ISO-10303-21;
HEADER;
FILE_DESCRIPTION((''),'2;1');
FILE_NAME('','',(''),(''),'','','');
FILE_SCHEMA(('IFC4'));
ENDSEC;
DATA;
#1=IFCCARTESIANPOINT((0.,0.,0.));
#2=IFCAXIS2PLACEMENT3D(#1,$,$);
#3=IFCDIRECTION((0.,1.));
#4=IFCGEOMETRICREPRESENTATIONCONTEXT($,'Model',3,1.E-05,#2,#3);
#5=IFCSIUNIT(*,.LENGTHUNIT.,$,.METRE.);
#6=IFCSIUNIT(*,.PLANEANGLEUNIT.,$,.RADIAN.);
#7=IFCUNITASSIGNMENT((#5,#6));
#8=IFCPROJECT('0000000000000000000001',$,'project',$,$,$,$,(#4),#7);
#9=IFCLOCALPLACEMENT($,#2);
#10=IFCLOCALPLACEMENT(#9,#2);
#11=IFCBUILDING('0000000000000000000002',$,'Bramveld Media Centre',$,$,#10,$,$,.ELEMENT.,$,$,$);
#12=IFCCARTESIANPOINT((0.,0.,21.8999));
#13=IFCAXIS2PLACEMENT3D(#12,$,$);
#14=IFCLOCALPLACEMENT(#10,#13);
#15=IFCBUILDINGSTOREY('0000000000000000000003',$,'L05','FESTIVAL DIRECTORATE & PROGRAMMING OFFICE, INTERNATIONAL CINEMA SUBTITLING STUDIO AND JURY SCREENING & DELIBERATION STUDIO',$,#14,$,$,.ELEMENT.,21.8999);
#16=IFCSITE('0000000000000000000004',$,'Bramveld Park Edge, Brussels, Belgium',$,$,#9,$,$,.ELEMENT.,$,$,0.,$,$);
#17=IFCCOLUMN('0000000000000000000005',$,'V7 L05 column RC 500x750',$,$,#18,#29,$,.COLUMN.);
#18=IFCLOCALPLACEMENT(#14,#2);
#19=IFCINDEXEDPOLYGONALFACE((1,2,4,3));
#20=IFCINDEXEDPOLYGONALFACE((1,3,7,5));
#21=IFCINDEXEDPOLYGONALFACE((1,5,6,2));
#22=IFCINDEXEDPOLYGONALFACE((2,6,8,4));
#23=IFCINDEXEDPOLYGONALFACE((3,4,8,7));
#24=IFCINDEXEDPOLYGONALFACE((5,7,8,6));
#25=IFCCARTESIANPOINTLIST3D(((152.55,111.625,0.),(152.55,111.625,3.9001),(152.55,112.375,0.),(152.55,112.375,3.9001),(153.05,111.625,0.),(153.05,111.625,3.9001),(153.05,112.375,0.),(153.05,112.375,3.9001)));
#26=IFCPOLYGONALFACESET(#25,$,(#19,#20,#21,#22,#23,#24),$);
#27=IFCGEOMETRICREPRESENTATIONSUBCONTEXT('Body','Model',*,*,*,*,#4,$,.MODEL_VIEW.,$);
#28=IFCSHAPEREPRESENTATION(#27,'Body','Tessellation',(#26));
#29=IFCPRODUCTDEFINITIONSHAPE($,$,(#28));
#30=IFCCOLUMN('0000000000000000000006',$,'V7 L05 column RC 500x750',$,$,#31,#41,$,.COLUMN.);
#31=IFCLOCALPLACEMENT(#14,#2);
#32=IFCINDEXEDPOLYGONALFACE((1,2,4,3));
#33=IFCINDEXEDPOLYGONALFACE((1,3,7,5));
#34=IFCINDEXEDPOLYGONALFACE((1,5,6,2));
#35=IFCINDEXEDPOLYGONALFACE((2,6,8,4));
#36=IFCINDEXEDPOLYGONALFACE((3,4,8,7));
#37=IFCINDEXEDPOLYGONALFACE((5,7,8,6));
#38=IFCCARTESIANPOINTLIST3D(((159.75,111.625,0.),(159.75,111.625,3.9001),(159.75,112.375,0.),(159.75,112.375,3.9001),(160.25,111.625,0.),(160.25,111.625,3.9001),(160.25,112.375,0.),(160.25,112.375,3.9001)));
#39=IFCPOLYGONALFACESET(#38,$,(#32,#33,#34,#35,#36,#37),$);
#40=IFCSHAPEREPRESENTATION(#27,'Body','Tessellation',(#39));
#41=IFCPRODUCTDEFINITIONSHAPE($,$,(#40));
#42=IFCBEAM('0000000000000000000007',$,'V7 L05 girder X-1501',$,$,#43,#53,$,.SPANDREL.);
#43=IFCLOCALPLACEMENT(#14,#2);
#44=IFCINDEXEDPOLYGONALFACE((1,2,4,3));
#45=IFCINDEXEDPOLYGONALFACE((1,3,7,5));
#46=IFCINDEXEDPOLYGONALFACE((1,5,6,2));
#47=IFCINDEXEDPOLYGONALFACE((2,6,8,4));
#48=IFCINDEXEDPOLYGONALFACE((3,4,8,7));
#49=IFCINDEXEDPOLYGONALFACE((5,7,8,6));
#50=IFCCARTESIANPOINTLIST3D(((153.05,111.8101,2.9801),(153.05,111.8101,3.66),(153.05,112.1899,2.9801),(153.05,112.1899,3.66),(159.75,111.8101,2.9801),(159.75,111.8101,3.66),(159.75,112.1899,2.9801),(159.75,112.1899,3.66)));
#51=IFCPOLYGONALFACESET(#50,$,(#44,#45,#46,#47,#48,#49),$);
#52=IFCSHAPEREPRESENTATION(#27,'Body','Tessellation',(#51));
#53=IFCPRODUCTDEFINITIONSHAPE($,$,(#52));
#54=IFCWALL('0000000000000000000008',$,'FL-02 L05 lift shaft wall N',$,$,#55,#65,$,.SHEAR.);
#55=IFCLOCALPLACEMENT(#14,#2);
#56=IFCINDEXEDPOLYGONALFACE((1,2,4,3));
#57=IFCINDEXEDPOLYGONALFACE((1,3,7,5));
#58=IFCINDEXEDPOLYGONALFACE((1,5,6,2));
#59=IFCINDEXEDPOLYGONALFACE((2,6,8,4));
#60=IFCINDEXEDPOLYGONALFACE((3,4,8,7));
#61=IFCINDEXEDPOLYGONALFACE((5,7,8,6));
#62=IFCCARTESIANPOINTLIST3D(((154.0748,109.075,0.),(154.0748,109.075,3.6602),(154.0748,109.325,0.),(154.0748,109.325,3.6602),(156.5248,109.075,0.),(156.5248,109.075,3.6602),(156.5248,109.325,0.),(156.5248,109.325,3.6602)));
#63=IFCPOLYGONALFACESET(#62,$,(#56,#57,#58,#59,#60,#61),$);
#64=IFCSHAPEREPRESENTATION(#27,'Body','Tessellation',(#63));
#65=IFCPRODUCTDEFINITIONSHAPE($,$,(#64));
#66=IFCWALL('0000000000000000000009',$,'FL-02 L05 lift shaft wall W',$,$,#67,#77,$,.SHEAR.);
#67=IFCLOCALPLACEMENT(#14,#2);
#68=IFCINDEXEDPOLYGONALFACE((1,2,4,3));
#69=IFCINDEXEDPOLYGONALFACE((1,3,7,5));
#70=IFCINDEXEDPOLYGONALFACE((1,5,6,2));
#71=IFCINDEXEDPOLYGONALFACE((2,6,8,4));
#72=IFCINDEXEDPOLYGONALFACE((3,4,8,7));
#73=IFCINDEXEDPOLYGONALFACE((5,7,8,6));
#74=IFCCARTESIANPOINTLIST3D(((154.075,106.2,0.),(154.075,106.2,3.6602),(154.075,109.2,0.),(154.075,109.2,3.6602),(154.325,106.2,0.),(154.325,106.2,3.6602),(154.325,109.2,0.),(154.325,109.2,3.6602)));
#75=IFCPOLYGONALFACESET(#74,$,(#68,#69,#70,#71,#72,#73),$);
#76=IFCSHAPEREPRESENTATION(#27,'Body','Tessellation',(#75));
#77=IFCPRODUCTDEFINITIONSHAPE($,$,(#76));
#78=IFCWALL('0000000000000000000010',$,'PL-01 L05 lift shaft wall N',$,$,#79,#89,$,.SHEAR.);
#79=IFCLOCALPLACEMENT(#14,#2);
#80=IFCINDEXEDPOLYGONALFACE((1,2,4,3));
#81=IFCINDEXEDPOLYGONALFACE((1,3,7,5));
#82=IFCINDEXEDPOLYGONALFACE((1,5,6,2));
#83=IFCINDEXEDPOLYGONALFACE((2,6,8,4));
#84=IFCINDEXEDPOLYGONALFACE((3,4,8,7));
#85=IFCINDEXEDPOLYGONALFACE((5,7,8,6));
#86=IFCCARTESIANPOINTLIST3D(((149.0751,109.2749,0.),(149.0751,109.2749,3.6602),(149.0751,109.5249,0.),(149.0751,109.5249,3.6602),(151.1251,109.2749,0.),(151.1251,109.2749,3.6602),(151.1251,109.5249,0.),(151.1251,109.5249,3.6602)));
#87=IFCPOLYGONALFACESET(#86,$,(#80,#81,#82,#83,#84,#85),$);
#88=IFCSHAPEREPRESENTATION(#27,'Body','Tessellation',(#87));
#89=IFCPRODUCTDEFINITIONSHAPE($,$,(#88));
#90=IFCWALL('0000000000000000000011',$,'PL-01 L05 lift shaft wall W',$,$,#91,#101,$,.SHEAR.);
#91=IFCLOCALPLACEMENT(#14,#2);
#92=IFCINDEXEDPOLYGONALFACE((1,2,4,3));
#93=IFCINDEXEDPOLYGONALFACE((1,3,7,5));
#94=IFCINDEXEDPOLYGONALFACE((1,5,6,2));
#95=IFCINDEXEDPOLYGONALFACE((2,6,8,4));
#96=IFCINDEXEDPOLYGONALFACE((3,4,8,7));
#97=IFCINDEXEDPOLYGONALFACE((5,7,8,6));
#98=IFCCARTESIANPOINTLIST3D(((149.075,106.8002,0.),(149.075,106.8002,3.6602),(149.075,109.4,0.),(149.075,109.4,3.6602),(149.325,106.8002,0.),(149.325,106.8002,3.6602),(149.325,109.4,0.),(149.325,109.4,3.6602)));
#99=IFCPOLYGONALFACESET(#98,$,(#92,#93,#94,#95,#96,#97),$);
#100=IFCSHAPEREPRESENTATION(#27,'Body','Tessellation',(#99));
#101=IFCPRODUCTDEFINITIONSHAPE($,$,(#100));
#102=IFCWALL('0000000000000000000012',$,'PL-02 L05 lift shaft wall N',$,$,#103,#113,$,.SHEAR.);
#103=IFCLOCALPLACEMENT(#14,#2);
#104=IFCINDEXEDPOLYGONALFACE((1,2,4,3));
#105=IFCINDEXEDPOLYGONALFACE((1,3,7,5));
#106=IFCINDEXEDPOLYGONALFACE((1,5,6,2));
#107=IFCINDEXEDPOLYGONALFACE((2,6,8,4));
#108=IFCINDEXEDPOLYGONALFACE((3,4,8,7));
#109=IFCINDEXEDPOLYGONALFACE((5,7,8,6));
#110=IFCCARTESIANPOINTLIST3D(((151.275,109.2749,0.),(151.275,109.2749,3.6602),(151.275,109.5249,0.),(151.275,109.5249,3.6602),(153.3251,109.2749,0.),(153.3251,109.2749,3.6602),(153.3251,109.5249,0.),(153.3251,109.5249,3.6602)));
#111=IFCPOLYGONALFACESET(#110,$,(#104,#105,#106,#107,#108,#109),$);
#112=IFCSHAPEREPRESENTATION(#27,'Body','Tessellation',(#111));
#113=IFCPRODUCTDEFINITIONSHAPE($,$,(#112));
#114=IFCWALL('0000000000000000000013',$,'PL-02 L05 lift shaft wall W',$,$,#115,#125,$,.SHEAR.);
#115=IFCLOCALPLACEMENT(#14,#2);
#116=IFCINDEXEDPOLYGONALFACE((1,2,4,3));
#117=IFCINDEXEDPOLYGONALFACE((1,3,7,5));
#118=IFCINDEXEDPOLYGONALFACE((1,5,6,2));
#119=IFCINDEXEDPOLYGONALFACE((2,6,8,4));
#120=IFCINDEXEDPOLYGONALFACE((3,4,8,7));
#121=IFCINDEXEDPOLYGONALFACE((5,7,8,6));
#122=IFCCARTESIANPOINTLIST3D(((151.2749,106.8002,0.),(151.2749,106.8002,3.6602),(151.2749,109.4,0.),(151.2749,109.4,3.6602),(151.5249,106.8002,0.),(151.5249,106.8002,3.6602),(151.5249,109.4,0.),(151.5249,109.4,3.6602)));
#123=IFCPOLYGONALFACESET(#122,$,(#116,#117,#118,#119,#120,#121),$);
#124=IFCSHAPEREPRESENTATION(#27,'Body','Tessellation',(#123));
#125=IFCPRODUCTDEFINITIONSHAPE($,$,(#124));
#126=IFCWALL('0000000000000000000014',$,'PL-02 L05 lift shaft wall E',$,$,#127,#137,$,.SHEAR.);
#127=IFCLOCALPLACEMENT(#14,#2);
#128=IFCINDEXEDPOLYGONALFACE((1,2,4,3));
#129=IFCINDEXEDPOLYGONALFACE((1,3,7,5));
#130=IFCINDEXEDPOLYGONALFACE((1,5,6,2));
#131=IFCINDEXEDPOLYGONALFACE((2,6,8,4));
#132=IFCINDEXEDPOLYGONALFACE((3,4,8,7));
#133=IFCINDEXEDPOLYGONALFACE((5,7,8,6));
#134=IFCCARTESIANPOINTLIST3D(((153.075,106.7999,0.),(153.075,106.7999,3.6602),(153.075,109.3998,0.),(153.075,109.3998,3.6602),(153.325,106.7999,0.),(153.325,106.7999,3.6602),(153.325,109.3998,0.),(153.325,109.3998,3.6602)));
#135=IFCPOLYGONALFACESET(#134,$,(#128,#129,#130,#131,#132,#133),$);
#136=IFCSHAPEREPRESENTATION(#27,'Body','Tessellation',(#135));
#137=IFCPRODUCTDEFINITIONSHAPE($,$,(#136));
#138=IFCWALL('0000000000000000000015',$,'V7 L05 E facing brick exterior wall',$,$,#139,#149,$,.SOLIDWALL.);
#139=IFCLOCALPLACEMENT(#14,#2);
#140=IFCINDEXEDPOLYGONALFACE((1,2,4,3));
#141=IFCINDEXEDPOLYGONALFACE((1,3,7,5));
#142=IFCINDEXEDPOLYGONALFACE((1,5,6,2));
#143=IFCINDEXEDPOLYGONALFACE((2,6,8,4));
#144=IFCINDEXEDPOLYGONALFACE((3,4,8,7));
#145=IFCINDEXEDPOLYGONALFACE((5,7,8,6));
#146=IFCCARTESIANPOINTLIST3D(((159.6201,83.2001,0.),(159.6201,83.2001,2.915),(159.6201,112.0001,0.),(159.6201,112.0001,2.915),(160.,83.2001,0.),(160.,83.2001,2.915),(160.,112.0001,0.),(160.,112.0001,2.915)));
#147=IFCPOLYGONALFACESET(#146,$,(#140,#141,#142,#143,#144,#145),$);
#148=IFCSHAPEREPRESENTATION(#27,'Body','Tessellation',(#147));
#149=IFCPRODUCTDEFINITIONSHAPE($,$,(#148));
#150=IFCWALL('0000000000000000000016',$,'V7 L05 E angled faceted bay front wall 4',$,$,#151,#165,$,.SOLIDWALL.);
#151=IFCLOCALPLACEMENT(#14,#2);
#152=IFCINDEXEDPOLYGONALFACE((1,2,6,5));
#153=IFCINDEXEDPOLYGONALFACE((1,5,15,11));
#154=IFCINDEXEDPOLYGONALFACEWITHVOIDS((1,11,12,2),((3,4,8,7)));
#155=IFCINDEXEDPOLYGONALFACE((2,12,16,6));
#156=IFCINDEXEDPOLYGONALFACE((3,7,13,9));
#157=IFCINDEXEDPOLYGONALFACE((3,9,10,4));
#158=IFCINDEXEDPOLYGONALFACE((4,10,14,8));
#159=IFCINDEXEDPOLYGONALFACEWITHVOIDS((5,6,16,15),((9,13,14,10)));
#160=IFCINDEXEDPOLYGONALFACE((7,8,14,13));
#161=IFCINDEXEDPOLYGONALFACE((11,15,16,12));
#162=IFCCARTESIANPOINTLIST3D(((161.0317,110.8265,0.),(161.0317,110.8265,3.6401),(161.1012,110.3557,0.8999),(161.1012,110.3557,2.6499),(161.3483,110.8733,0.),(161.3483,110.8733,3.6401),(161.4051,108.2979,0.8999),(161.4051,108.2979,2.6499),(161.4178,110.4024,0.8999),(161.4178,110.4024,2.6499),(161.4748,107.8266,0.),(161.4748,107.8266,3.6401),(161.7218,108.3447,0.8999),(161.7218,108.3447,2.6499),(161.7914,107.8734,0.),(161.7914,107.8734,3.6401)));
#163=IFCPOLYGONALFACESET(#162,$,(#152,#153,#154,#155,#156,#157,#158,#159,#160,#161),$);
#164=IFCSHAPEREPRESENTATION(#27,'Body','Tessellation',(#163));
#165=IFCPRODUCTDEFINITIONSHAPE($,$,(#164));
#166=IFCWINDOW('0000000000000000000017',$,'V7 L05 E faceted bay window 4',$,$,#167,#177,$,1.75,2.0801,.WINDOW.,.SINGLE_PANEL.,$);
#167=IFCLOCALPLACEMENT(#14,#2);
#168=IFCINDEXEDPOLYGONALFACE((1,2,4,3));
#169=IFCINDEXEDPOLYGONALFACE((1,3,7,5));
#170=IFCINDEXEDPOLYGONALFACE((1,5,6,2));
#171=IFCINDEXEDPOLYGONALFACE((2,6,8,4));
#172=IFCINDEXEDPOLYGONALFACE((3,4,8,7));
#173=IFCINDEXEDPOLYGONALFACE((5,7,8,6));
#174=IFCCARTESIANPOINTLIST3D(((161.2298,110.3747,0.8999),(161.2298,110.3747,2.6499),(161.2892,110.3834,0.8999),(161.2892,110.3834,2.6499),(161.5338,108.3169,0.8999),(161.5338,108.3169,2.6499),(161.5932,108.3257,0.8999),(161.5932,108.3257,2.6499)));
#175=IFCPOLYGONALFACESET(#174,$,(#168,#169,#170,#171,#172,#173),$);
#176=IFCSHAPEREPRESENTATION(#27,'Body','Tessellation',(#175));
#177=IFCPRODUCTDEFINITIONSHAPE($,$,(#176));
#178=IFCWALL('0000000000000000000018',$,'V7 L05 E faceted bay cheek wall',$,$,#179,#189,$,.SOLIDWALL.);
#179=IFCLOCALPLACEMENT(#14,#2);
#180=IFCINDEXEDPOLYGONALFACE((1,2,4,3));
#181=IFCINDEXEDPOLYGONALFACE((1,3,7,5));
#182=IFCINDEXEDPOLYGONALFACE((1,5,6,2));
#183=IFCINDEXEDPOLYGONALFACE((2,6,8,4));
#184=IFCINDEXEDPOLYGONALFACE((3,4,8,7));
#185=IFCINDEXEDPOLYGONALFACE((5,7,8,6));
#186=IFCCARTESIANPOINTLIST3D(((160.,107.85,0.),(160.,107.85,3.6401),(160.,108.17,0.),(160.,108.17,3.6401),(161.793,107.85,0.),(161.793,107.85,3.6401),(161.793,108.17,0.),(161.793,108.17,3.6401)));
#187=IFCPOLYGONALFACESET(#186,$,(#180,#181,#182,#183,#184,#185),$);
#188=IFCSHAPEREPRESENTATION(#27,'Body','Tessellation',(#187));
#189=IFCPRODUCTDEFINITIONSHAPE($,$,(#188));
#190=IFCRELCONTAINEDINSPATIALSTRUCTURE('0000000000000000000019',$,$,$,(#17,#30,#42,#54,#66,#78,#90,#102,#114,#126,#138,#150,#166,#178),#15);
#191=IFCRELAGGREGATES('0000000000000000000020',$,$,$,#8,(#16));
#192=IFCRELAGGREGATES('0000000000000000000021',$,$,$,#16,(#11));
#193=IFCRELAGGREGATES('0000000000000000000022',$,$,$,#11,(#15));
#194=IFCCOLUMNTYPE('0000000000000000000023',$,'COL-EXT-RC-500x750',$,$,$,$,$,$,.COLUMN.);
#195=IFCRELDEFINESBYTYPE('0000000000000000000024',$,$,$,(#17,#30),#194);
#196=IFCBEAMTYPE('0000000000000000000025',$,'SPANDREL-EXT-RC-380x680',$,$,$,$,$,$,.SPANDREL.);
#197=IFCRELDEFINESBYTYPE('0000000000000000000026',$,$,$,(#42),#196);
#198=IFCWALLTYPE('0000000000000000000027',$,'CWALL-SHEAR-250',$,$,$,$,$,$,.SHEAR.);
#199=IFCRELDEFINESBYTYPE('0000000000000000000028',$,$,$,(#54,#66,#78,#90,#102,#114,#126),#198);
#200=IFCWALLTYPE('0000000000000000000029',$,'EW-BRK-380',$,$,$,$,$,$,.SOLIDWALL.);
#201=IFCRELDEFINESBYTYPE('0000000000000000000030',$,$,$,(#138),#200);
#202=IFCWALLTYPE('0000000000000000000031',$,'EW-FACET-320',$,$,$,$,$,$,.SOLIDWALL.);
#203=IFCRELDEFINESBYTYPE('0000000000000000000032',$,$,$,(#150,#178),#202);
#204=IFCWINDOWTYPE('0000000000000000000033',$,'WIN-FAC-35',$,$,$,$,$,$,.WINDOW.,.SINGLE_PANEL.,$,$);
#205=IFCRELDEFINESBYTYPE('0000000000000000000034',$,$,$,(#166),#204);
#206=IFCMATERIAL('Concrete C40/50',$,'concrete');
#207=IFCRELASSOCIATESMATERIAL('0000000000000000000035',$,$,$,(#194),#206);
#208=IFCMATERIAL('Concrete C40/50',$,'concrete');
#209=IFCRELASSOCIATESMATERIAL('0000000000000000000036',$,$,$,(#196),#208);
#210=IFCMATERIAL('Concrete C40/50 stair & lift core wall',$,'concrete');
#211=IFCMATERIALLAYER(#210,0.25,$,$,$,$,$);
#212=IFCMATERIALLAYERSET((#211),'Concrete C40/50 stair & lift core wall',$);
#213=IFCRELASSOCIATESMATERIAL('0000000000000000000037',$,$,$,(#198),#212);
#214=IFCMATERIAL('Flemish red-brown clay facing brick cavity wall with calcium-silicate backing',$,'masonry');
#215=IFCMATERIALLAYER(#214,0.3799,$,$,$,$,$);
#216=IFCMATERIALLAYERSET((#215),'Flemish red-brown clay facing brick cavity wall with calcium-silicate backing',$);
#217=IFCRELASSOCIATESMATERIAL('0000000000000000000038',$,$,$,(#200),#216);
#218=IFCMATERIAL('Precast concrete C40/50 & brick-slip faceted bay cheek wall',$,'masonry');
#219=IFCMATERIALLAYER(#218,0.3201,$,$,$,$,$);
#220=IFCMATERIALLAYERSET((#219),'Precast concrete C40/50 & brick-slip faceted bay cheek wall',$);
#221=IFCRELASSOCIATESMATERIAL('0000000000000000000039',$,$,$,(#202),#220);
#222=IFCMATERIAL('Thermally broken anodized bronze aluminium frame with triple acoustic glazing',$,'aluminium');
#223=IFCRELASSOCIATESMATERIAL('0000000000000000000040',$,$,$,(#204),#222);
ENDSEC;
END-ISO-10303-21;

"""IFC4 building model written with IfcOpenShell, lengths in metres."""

from ifc_helpers import new_model, si_unit, direction, frame, frame_2d, origin, origin_2d, place, context, subcontext, project, spatial, rectangle, extrude, material, layer, layer_set, material_profile, profile_set, type_object, element, fill, save


model = new_model("IFC4")

# Units and contexts
model_context = context("Model", 3, precision=1e-05, world=origin(), true_north=direction((0.0, 1.0)))
body_context = subcontext(model_context, "Body", "Model", "MODEL_VIEW")
ifc_project = project(units=[si_unit("LENGTHUNIT", "METRE"), si_unit("PLANEANGLEUNIT", "RADIAN")], contexts=[model_context])

# Site, building, storey
site_placement = place(None, origin())
site = spatial("IfcSite", under=ifc_project, at=site_placement, Name="Bramveld Park Edge, Brussels, Belgium", CompositionType="ELEMENT", RefElevation=0.0)
building_placement = place(site_placement, origin())
building = spatial("IfcBuilding", under=site, at=building_placement, Name="Bramveld Media Centre", CompositionType="ELEMENT")
storey_placement = place(building_placement, frame((0.0, 0.0, 21.8999)))
storey = spatial("IfcBuildingStorey", under=building, at=storey_placement, Name="L05", Description="FESTIVAL DIRECTORATE & PROGRAMMING OFFICE, INTERNATIONAL CINEMA SUBTITLING STUDIO AND JURY SCREENING & DELIBERATION STUDIO", CompositionType="ELEMENT", Elevation=21.8999)

# Columns
ifc_material_1 = material(Name="Concrete C40/50", Category="concrete")
ifc_material_profile_1 = material_profile(ifc_material_1, rectangle(XDim=0.5, YDim=0.75, at=origin_2d()), Name="RC 500x750")
ifc_profile_set_1 = profile_set([ifc_material_profile_1], Name="Concrete C40/50")
column_type = type_object("IfcColumnType", Name="COL-EXT-RC-500x750", PredefinedType="COLUMN", material=ifc_profile_set_1)
for number, where, z_axis, x_axis, name in (
    (1, (152.8, 112.0, 0.0), (0.0, 0.0, 1.0), (1.0, 0.0, 0.0), "V7 L05 column RC 500x750"),
    (2, (160.0, 112.0, 0.0), (0.0, 0.0, 1.0), (1.0, 0.0, 0.0), "V7 L05 column RC 500x750"),
):
    element("IfcColumn", number, at=place(storey_placement, frame(where, z_axis=z_axis, x_axis=x_axis)), inside=storey, type_object=column_type, Name=name, PredefinedType="COLUMN", context=body_context, shape_type="SweptSolid", body=[
        extrude(rectangle(XDim=0.5, YDim=0.75, at=origin_2d()), origin(), (0.0, 0.0, 1.0), 3.9001),
    ])

# Beam
ifc_material_2 = material(Name="Concrete C40/50", Category="concrete")
ifc_material_profile_2 = material_profile(ifc_material_2, rectangle(XDim=0.3799, YDim=0.6799, at=origin_2d()), Name="RC 380x680")
ifc_profile_set_2 = profile_set([ifc_material_profile_2], Name="Concrete C40/50")
beam_type = type_object("IfcBeamType", Name="SPANDREL-EXT-RC-380x680", PredefinedType="SPANDREL", material=ifc_profile_set_2)
beam_placement = place(storey_placement, frame((153.05, 112.0, 3.3201), z_axis=(1.0, 0.0, 0.0), x_axis=(0.0, 1.0, 0.0)))
element("IfcBeam", 3, at=beam_placement, inside=storey, type_object=beam_type, Name="V7 L05 girder X-1501", PredefinedType="SPANDREL", context=body_context, shape_type="SweptSolid", body=[
    extrude(rectangle(XDim=0.3799, YDim=0.6799, at=origin_2d()), origin(), (0.0, 0.0, 1.0), 6.7),
])

# Walls
ifc_material_3 = material(Name="Concrete C40/50 stair & lift core wall", Category="concrete")
ifc_layer_1 = layer(ifc_material_3, 0.25)
ifc_layer_set_1 = layer_set([ifc_layer_1], Name="Concrete C40/50 stair & lift core wall")
wall_type_1 = type_object("IfcWallType", Name="CWALL-SHEAR-250", PredefinedType="SHEAR", material=ifc_layer_set_1)
wall_1_placement = place(storey_placement, frame((156.5249, 109.2, 0.0), z_axis=(0.0, 0.0, 1.0), x_axis=(-1.0, 0.0, 0.0)))
element("IfcWall", 4, at=wall_1_placement, inside=storey, type_object=wall_type_1, Name="FL-02 L05 lift shaft wall N", PredefinedType="SHEAR", context=body_context, shape_type="SweptSolid", body=[
    extrude(rectangle(XDim=2.45, YDim=0.25, at=frame_2d((1.2251, 0.0))), origin(), (0.0, 0.0, 1.0), 3.6602),
])
wall_2_placement = place(storey_placement, frame((154.2, 109.2, 0.0), z_axis=(0.0, 0.0, 1.0), x_axis=(0.0, -1.0, 0.0)))
element("IfcWall", 5, at=wall_2_placement, inside=storey, type_object=wall_type_1, Name="FL-02 L05 lift shaft wall W", PredefinedType="SHEAR", context=body_context, shape_type="SweptSolid", body=[
    extrude(rectangle(XDim=3.0, YDim=0.25, at=frame_2d((1.5, 0.0))), origin(), (0.0, 0.0, 1.0), 3.6602),
])
wall_3_placement = place(storey_placement, frame((151.125, 109.3999, 0.0), z_axis=(0.0, 0.0, 1.0), x_axis=(-1.0, 0.0, 0.0)))
element("IfcWall", 6, at=wall_3_placement, inside=storey, type_object=wall_type_1, Name="PL-01 L05 lift shaft wall N", PredefinedType="SHEAR", context=body_context, shape_type="SweptSolid", body=[
    extrude(rectangle(XDim=2.05, YDim=0.25, at=frame_2d((1.0249, 0.0))), origin(), (0.0, 0.0, 1.0), 3.6602),
])
wall_4_placement = place(storey_placement, frame((149.2, 109.3999, 0.0), z_axis=(0.0, 0.0, 1.0), x_axis=(0.0, -1.0, 0.0)))
element("IfcWall", 7, at=wall_4_placement, inside=storey, type_object=wall_type_1, Name="PL-01 L05 lift shaft wall W", PredefinedType="SHEAR", context=body_context, shape_type="SweptSolid", body=[
    extrude(rectangle(XDim=2.5999, YDim=0.25, at=frame_2d((1.2998, 0.0))), origin(), (0.0, 0.0, 1.0), 3.6602),
])
wall_5_placement = place(storey_placement, frame((153.325, 109.3999, 0.0), z_axis=(0.0, 0.0, 1.0), x_axis=(-1.0, 0.0, 0.0)))
element("IfcWall", 8, at=wall_5_placement, inside=storey, type_object=wall_type_1, Name="PL-02 L05 lift shaft wall N", PredefinedType="SHEAR", context=body_context, shape_type="SweptSolid", body=[
    extrude(rectangle(XDim=2.05, YDim=0.25, at=frame_2d((1.0249, 0.0))), origin(), (0.0, 0.0, 1.0), 3.6602),
])
for number, where, z_axis, x_axis, name in (
    (9, (151.3999, 109.3999, 0.0), (0.0, 0.0, 1.0), (0.0, -1.0, 0.0), "PL-02 L05 lift shaft wall W"),
    (10, (153.2, 106.8, 0.0), (0.0, 0.0, 1.0), (0.0, 1.0, 0.0), "PL-02 L05 lift shaft wall E"),
):
    element("IfcWall", number, at=place(storey_placement, frame(where, z_axis=z_axis, x_axis=x_axis)), inside=storey, type_object=wall_type_1, Name=name, PredefinedType="SHEAR", context=body_context, shape_type="SweptSolid", body=[
        extrude(rectangle(XDim=2.5999, YDim=0.25, at=frame_2d((1.2998, 0.0))), origin(), (0.0, 0.0, 1.0), 3.6602),
    ])
ifc_material_4 = material(Name="Flemish red-brown clay facing brick cavity wall with calcium-silicate backing", Category="masonry")
ifc_layer_2 = layer(ifc_material_4, 0.3799)
ifc_layer_set_2 = layer_set([ifc_layer_2], Name="Flemish red-brown clay facing brick cavity wall with calcium-silicate backing")
wall_type_2 = type_object("IfcWallType", Name="EW-BRK-380", PredefinedType="SOLIDWALL", material=ifc_layer_set_2)
wall_6_placement = place(storey_placement, frame((159.8101, 112.0, 0.0), z_axis=(0.0, 0.0, 1.0), x_axis=(0.0, -1.0, 0.0)))
element("IfcWall", 11, at=wall_6_placement, inside=storey, type_object=wall_type_2, Name="V7 L05 E facing brick exterior wall", PredefinedType="SOLIDWALL", context=body_context, shape_type="SweptSolid", body=[
    extrude(rectangle(XDim=28.8, YDim=0.3799, at=frame_2d((14.3999, 0.0))), origin(), (0.0, 0.0, 1.0), 2.915),
])

# Wall, opening, window
ifc_material_5 = material(Name="Precast concrete C40/50 & brick-slip faceted bay cheek wall", Category="masonry")
ifc_layer_3 = layer(ifc_material_5, 0.3201)
ifc_layer_set_3 = layer_set([ifc_layer_3], Name="Precast concrete C40/50 & brick-slip faceted bay cheek wall")
wall_type_3 = type_object("IfcWallType", Name="EW-FACET-320", PredefinedType="SOLIDWALL", material=ifc_layer_set_3)
wall_7_placement = place(storey_placement, frame((161.6331, 107.8501, 0.0), z_axis=(0.0, 0.0, 1.0), x_axis=(-0.14612, 0.989267, 0.0)))
wall_7 = element("IfcWall", 12, at=wall_7_placement, inside=storey, type_object=wall_type_3, Name="V7 L05 E angled faceted bay front wall 4", PredefinedType="SOLIDWALL", context=body_context, shape_type="SweptSolid", body=[
    extrude(rectangle(XDim=3.0325, YDim=0.3201, at=frame_2d((1.5161, 0.0))), origin(), (0.0, 0.0, 1.0), 3.6401),
])
opening_1_placement = place(wall_7_placement, frame((0.4763, 0.0, 0.8999)))
opening_1 = element("IfcOpeningElement", 13, at=opening_1_placement, cuts=wall_7, PredefinedType="OPENING", context=body_context, shape_type="SweptSolid", body=[
    extrude(rectangle(XDim=2.0801, YDim=1.75, at=frame_2d((1.04, 0.875))), frame((0.0, 0.1719, 0.0), z_axis=(0.0, -1.0, 0.0), x_axis=(1.0, 0.0, 0.0)), (0.0, 0.0, 1.0), 0.344),
])
ifc_material_6 = material(Name="Thermally broken anodized bronze aluminium frame with triple acoustic glazing", Category="aluminium")
window_type_1 = type_object("IfcWindowType", Name="WIN-FAC-35", PartitioningType="SINGLE_PANEL", PredefinedType="WINDOW", material=ifc_material_6)
window_1_placement = place(opening_1_placement, origin())
window_1 = element("IfcWindow", 14, at=window_1_placement, inside=storey, type_object=window_type_1, Name="V7 L05 E faceted bay window 4", OverallHeight=1.75, OverallWidth=2.0801, PartitioningType="SINGLE_PANEL", PredefinedType="WINDOW", context=body_context, shape_type="SweptSolid", body=[
    extrude(rectangle(XDim=2.0801, YDim=1.75, at=frame_2d((1.04, 0.875))), frame((0.0, 0.03, 0.0), z_axis=(0.0, -1.0, 0.0), x_axis=(1.0, 0.0, 0.0)), (0.0, 0.0, 1.0), 0.0601),
])
fill(opening_1, window_1)

# Wall
wall_8_placement = place(storey_placement, frame((160.0, 108.01, 0.0), z_axis=(0.0, 0.0, 1.0), x_axis=(1.0, 0.0, 0.0)))
element("IfcWall", 15, at=wall_8_placement, inside=storey, type_object=wall_type_3, Name="V7 L05 E faceted bay cheek wall", PredefinedType="SOLIDWALL", context=body_context, shape_type="SweptSolid", body=[
    extrude(rectangle(XDim=1.793, YDim=0.3201, at=frame_2d((0.8965, 0.0))), origin(), (0.0, 0.0, 1.0), 3.6401),
])

save(model, "model.ifc")
